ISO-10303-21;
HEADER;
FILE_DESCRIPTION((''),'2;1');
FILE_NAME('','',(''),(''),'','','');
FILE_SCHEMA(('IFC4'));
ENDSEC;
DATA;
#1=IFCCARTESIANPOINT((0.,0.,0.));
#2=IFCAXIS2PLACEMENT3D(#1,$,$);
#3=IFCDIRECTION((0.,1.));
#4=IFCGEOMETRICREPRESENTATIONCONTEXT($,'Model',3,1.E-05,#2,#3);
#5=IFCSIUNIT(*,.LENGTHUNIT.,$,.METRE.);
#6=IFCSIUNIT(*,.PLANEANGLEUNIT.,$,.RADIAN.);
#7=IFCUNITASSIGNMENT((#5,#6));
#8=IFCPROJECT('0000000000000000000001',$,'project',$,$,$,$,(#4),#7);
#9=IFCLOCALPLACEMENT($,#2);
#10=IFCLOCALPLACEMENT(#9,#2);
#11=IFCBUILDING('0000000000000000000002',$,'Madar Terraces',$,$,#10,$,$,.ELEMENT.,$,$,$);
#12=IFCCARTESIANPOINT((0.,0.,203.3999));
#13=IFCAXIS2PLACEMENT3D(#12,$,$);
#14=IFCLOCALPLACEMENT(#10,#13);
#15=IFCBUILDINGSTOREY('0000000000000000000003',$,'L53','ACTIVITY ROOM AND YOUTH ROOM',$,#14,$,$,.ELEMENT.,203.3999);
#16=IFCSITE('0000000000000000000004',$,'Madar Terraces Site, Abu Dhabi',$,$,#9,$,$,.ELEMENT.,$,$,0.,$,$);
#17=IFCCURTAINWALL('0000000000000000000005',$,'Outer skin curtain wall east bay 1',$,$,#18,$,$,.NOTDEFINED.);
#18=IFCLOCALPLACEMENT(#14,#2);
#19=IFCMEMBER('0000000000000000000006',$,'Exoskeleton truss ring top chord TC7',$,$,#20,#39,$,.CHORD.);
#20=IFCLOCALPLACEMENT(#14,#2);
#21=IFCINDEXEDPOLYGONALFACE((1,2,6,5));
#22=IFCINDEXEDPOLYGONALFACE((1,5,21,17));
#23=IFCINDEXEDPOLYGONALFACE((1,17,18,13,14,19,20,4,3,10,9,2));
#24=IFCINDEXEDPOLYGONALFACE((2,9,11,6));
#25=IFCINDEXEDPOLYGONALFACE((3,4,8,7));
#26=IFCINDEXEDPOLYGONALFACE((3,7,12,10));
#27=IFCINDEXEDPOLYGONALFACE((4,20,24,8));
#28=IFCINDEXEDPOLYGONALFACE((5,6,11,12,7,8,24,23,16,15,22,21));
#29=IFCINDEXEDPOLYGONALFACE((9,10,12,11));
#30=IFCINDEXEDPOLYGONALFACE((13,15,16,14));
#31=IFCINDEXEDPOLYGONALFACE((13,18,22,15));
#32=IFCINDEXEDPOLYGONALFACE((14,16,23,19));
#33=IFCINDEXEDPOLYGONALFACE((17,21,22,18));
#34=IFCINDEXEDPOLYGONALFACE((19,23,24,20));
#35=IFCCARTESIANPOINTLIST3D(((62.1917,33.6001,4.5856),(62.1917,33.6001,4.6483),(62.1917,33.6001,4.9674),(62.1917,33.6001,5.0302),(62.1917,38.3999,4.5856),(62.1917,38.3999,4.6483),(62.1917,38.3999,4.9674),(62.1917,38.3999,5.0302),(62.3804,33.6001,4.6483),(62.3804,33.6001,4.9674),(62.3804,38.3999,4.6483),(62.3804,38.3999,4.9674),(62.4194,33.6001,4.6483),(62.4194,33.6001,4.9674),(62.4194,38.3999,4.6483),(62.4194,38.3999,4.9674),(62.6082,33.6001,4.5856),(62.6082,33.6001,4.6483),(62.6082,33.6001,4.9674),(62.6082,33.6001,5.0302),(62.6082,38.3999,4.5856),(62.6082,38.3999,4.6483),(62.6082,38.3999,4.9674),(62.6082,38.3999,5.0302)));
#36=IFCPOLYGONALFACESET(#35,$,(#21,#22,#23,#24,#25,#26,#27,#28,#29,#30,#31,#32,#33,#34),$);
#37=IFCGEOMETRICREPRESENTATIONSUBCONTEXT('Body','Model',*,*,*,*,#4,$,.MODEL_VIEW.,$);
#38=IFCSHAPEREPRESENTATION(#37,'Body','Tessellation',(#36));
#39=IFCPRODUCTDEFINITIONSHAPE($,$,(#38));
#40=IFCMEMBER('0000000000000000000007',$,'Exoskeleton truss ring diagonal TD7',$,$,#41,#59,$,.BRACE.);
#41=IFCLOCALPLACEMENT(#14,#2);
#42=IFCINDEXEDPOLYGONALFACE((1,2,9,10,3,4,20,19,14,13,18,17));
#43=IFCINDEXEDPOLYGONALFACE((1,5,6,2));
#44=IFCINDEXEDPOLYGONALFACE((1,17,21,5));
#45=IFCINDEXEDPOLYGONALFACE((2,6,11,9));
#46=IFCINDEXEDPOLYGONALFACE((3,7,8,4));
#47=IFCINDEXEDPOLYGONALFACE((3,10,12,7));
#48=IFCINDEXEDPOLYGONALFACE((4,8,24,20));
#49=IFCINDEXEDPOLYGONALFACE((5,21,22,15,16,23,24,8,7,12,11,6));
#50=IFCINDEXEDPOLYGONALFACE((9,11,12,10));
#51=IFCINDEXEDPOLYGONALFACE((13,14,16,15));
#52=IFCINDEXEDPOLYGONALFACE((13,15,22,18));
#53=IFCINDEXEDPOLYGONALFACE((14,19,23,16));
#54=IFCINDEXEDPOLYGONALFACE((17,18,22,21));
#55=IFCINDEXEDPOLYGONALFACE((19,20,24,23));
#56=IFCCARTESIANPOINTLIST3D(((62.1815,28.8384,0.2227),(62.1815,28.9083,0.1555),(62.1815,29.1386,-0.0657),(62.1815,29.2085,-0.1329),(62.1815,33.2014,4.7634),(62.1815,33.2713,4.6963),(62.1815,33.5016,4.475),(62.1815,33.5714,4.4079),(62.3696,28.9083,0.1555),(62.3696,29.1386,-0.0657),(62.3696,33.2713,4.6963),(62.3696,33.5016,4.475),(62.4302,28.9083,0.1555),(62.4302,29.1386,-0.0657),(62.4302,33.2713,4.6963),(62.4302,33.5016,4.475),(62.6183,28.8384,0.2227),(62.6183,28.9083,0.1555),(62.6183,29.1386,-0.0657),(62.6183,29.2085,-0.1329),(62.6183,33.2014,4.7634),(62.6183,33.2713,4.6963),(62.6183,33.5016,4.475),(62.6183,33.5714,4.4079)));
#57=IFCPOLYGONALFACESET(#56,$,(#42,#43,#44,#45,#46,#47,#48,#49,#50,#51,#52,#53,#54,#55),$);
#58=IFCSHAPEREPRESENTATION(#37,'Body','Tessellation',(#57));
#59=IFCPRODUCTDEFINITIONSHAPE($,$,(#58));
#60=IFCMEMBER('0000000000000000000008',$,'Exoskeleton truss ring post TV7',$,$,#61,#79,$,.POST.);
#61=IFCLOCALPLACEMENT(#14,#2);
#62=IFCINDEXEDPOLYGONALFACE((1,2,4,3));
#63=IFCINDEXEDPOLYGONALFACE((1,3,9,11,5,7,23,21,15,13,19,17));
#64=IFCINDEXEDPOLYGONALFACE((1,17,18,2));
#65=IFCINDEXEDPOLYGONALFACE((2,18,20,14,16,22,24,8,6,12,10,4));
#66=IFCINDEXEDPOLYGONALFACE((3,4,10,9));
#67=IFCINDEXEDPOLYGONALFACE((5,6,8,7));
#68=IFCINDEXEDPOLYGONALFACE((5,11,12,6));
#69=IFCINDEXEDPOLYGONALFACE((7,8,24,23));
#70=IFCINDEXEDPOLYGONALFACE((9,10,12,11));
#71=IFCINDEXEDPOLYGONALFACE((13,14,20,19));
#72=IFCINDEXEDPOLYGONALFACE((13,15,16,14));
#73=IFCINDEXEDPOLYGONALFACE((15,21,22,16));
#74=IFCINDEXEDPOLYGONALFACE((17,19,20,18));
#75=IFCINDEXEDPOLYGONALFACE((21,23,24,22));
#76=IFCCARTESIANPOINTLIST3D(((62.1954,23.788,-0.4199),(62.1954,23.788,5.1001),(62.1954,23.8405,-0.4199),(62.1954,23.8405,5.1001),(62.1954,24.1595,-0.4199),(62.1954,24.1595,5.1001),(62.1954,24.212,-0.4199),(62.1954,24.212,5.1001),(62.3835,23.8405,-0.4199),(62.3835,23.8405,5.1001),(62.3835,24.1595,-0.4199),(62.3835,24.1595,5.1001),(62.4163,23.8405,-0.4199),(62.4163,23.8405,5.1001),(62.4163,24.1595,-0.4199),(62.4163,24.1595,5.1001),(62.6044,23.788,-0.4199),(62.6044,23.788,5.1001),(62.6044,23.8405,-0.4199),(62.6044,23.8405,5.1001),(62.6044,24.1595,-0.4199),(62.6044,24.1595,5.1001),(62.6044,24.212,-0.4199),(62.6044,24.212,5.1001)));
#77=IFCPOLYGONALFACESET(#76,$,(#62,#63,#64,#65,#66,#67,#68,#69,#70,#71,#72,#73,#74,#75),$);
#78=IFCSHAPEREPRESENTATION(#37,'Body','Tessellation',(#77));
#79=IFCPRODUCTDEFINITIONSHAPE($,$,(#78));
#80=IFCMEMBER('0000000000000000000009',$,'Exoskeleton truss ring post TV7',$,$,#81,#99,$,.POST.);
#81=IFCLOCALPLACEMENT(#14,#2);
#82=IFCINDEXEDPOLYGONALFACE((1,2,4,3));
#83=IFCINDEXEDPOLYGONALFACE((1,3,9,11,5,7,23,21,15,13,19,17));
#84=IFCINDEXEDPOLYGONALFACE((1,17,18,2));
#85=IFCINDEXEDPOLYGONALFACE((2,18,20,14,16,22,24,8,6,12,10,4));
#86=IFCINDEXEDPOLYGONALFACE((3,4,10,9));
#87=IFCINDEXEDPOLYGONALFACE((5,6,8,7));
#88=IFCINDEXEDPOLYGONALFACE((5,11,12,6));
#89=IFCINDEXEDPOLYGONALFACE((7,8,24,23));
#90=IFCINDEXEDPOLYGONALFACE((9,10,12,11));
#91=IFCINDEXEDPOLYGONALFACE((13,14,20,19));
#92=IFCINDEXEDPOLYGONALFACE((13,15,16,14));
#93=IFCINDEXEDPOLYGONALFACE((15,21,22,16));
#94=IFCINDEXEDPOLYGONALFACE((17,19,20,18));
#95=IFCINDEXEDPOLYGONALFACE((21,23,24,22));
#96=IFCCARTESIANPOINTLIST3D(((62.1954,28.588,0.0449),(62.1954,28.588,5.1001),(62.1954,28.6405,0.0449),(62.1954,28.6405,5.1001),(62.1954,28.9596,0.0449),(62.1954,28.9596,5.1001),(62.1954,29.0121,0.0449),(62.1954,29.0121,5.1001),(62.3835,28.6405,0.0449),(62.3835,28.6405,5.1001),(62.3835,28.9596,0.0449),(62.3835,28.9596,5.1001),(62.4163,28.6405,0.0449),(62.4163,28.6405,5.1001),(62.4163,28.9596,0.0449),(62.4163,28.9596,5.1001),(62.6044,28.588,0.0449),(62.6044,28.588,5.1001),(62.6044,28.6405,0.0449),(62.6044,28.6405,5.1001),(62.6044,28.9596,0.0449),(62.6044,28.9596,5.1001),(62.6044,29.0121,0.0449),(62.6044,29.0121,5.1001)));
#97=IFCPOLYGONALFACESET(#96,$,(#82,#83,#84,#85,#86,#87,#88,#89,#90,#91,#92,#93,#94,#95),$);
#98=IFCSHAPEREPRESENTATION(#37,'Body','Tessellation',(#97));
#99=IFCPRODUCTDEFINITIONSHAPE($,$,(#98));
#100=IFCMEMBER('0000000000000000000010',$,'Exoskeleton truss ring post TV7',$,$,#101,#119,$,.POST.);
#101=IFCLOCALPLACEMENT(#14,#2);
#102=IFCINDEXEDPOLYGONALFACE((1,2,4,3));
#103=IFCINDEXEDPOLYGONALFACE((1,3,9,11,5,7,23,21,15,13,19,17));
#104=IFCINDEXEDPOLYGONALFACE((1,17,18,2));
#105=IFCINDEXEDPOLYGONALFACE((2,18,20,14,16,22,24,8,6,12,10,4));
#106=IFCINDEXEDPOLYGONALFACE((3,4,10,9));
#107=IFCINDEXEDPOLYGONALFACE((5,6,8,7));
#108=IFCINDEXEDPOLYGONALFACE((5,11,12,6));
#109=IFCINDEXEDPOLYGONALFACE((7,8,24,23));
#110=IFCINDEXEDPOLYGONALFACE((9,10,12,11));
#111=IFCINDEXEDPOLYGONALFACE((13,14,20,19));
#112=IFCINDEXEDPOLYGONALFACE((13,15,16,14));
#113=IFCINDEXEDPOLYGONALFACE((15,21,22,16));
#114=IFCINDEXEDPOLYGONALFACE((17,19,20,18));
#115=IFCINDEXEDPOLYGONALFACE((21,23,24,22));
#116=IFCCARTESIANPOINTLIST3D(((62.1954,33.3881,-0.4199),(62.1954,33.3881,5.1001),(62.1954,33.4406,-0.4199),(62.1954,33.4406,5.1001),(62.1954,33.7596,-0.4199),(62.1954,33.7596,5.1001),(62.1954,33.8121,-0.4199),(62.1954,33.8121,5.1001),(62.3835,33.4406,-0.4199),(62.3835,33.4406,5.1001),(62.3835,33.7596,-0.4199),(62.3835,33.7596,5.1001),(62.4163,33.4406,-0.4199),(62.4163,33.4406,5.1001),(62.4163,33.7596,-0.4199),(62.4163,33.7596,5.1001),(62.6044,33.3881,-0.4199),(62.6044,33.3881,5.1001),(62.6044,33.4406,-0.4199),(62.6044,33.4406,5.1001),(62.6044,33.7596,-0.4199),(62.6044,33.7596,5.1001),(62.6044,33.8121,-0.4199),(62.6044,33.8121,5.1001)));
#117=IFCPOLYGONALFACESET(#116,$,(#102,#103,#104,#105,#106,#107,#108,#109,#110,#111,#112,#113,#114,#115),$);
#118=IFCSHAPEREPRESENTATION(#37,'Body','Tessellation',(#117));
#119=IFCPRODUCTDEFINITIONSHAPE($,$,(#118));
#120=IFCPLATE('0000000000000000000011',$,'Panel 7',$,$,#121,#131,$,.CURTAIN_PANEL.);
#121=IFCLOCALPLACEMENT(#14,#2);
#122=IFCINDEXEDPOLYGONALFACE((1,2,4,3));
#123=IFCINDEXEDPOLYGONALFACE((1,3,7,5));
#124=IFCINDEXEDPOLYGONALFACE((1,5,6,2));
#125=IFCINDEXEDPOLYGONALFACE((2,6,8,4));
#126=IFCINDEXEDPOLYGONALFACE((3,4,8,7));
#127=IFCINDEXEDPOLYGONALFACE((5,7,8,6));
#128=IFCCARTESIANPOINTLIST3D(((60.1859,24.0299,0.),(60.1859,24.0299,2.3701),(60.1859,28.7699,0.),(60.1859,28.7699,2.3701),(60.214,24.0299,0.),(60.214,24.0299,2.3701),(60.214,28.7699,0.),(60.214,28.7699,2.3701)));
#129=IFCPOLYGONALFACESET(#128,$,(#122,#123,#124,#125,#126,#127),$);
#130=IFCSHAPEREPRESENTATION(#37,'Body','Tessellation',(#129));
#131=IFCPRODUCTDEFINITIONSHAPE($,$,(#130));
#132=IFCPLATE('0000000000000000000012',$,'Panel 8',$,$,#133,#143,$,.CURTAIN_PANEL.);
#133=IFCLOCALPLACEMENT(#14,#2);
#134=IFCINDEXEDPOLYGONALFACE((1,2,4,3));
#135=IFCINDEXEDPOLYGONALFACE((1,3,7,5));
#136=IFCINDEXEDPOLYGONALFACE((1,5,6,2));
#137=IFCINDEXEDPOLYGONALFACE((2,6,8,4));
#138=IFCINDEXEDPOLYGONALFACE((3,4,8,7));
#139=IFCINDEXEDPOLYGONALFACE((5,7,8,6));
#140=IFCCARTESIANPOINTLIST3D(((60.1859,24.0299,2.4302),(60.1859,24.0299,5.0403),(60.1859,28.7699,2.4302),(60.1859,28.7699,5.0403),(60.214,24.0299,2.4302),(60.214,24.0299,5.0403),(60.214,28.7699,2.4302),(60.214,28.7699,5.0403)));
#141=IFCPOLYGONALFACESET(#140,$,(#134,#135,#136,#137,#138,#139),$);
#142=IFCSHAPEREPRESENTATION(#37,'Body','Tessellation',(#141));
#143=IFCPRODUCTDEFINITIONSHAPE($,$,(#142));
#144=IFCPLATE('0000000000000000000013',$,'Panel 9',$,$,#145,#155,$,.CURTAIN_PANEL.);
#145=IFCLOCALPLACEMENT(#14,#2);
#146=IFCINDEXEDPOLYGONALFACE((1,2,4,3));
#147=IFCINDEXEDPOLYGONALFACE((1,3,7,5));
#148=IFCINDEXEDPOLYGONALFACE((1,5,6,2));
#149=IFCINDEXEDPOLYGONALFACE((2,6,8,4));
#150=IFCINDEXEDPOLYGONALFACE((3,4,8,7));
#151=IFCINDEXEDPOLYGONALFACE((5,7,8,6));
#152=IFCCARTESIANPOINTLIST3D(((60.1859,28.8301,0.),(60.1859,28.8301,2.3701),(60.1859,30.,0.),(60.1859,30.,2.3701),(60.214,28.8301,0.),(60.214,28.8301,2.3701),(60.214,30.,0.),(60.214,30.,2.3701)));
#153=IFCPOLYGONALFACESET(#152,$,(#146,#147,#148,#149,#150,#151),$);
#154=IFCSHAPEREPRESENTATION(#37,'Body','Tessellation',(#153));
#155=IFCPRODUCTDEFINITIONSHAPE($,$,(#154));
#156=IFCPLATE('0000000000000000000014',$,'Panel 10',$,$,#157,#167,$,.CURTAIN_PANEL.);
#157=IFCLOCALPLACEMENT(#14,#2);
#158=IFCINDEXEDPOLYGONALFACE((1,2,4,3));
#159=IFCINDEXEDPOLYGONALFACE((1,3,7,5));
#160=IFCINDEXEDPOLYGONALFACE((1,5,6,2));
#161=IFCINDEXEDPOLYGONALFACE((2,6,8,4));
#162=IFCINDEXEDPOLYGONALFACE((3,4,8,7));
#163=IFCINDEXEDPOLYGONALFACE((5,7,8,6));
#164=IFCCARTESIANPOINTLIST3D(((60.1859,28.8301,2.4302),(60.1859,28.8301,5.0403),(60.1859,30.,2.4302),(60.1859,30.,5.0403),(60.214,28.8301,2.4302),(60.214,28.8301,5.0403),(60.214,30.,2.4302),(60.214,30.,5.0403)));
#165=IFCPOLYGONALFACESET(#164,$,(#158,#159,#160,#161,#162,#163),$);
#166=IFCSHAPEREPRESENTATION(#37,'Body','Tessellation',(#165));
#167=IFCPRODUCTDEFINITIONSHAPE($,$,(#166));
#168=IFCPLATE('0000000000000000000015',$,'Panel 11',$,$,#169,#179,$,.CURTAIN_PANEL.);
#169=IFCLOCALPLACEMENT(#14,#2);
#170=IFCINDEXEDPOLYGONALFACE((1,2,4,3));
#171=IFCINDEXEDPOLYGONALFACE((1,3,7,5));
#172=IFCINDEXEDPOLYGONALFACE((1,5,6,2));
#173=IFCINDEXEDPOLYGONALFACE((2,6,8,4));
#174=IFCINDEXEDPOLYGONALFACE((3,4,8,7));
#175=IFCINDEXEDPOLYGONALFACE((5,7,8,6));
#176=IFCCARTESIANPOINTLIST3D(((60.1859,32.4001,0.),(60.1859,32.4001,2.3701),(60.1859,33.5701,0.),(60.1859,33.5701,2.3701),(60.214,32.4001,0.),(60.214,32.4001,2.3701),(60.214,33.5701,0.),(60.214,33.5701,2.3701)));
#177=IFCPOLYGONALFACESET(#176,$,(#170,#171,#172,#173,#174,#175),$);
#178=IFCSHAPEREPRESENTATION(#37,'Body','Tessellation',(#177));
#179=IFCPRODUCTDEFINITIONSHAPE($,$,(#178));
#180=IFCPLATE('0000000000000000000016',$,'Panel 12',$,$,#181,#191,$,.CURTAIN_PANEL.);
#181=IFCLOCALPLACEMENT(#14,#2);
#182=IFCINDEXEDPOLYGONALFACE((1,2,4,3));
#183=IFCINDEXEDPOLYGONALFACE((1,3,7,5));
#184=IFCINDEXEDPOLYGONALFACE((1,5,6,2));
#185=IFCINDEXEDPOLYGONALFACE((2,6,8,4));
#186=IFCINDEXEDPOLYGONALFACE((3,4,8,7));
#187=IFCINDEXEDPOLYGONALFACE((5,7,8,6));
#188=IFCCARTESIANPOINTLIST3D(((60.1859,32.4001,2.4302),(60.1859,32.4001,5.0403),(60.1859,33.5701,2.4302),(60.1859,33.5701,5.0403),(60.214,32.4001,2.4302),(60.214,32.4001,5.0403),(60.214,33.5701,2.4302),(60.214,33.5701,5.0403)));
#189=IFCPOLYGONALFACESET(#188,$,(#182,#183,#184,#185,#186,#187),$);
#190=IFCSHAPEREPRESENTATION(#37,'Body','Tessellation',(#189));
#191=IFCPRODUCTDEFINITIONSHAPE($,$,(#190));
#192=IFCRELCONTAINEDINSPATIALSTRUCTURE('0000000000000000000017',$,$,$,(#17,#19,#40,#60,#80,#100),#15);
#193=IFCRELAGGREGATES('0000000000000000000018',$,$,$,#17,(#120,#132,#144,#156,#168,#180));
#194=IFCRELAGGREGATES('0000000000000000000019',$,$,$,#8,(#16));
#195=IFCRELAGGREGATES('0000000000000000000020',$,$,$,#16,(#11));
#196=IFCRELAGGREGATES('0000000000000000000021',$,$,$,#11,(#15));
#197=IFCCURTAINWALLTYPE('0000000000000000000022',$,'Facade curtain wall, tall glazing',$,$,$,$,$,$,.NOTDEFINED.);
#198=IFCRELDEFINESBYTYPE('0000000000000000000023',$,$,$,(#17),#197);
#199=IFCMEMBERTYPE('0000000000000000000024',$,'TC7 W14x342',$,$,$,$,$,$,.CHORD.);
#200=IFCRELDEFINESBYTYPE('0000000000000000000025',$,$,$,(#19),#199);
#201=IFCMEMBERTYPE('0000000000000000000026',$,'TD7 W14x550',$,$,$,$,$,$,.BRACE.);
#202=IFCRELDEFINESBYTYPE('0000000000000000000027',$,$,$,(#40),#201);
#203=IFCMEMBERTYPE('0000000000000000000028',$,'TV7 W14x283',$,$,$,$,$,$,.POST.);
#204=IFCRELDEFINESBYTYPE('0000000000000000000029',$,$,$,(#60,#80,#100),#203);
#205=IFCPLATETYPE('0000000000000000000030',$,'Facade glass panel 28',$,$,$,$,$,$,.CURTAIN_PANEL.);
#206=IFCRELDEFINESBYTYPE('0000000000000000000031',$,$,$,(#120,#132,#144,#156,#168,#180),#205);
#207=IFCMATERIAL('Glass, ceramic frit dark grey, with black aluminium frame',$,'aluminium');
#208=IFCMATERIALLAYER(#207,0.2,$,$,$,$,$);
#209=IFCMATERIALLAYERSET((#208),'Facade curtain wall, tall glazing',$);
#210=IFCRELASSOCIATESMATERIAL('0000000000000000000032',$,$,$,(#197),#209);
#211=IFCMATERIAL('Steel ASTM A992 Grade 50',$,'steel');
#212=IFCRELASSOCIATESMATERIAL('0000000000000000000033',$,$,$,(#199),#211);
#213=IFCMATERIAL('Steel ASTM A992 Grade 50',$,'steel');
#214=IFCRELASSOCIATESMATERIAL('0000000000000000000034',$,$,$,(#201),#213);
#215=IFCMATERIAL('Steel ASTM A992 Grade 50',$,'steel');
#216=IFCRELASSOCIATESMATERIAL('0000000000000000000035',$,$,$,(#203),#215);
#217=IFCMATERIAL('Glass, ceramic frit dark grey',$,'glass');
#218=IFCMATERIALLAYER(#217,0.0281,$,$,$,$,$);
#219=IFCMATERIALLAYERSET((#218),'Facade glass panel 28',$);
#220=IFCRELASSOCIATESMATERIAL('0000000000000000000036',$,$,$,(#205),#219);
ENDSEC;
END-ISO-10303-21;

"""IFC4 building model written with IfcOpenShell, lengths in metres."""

from ifc_helpers import new_model, si_unit, direction, frame, origin, origin_2d, place, context, subcontext, project, spatial, rectangle, i_section, extrude, material, layer, layer_set, material_profile, profile_set, type_object, element, aggregate, save


model = new_model("IFC4")

# Units and contexts
model_context = context("Model", 3, precision=1e-05, world=origin(), true_north=direction((0.0, 1.0)))
body_context = subcontext(model_context, "Body", "Model", "MODEL_VIEW")
ifc_project = project(units=[si_unit("LENGTHUNIT", "METRE"), si_unit("PLANEANGLEUNIT", "RADIAN")], contexts=[model_context])

# Site, building, storey
site_placement = place(None, origin())
site = spatial("IfcSite", under=ifc_project, at=site_placement, Name="Madar Terraces Site, Abu Dhabi", CompositionType="ELEMENT", RefElevation=0.0)
building_placement = place(site_placement, origin())
building = spatial("IfcBuilding", under=site, at=building_placement, Name="Madar Terraces", CompositionType="ELEMENT")
storey_placement = place(building_placement, frame((0.0, 0.0, 203.3999)))
storey = spatial("IfcBuildingStorey", under=building, at=storey_placement, Name="L53", Description="ACTIVITY ROOM AND YOUTH ROOM", CompositionType="ELEMENT", Elevation=203.3999)

# Curtain wall
ifc_material_1 = material(Name="Glass, ceramic frit dark grey, with black aluminium frame", Category="aluminium")
ifc_layer_1 = layer(ifc_material_1, 0.2)
ifc_layer_set_1 = layer_set([ifc_layer_1], Name="Facade curtain wall, tall glazing")
curtain_wall_type = type_object("IfcCurtainWallType", Name="Facade curtain wall, tall glazing", PredefinedType="NOTDEFINED", material=ifc_layer_set_1)
curtain_wall_placement = place(storey_placement, origin())
curtain_wall = element("IfcCurtainWall", 1, at=curtain_wall_placement, inside=storey, type_object=curtain_wall_type, Name="Outer skin curtain wall east bay 1", PredefinedType="NOTDEFINED")

# Members
ifc_material_2 = material(Name="Steel ASTM A992 Grade 50", Category="steel")
ifc_material_profile_1 = material_profile(ifc_material_2, i_section(OverallWidth=0.4165, OverallDepth=0.4446, WebThickness=0.0391, FlangeThickness=0.0627, at=origin_2d()), Name="W14x342")
ifc_profile_set_1 = profile_set([ifc_material_profile_1], Name="Steel ASTM A992 Grade 50")
member_type_1 = type_object("IfcMemberType", Name="TC7 W14x342", PredefinedType="CHORD", material=ifc_profile_set_1)
member_1_placement = place(storey_placement, frame((62.3999, 33.6001, 4.8079), z_axis=(0.0, 1.0, 0.0), x_axis=(-1.0, 0.0, 0.0)))
element("IfcMember", 2, at=member_1_placement, inside=storey, type_object=member_type_1, Name="Exoskeleton truss ring top chord TC7", PredefinedType="CHORD", context=body_context, shape_type="SweptSolid", body=[
    extrude(i_section(OverallWidth=0.4165, OverallDepth=0.4446, WebThickness=0.0391, FlangeThickness=0.0627, at=origin_2d()), origin(), (0.0, 0.0, 1.0), 4.7998),
])
ifc_material_3 = material(Name="Steel ASTM A992 Grade 50", Category="steel")
ifc_material_profile_2 = material_profile(ifc_material_3, i_section(OverallWidth=0.4368, OverallDepth=0.5132, WebThickness=0.0605, FlangeThickness=0.0969, at=origin_2d()), Name="W14x550")
ifc_profile_set_2 = profile_set([ifc_material_profile_2], Name="Steel ASTM A992 Grade 50")
member_type_2 = type_object("IfcMemberType", Name="TD7 W14x550", PredefinedType="BRACE", material=ifc_profile_set_2)
member_2_placement = place(storey_placement, frame((62.3999, 29.0234, 0.0449), z_axis=(0.0, 0.692854, 0.721078), x_axis=(-1.0, 0.0, 0.0)))
element("IfcMember", 3, at=member_2_placement, inside=storey, type_object=member_type_2, Name="Exoskeleton truss ring diagonal TD7", PredefinedType="BRACE", context=body_context, shape_type="SweptSolid", body=[
    extrude(i_section(OverallWidth=0.4368, OverallDepth=0.5132, WebThickness=0.0605, FlangeThickness=0.0969, at=origin_2d()), origin(), (0.0, 0.0, 1.0), 6.2971),
])
ifc_material_4 = material(Name="Steel ASTM A992 Grade 50", Category="steel")
ifc_material_profile_3 = material_profile(ifc_material_4, i_section(OverallWidth=0.4089, OverallDepth=0.4241, WebThickness=0.0327, FlangeThickness=0.0525, at=origin_2d()), Name="W14x283")
ifc_profile_set_3 = profile_set([ifc_material_profile_3], Name="Steel ASTM A992 Grade 50")
member_type_3 = type_object("IfcMemberType", Name="TV7 W14x283", PredefinedType="POST", material=ifc_profile_set_3)
member_3_placement = place(storey_placement, frame((62.3999, 24.0, -0.4199), z_axis=(0.0, 0.0, 1.0), x_axis=(-1.0, 0.0, 0.0)))
element("IfcMember", 4, at=member_3_placement, inside=storey, type_object=member_type_3, Name="Exoskeleton truss ring post TV7", PredefinedType="POST", context=body_context, shape_type="SweptSolid", body=[
    extrude(i_section(OverallWidth=0.4089, OverallDepth=0.4241, WebThickness=0.0327, FlangeThickness=0.0525, at=origin_2d()), origin(), (0.0, 0.0, 1.0), 5.52),
])
member_4_placement = place(storey_placement, frame((62.3999, 28.8, 0.0449), z_axis=(0.0, 0.0, 1.0), x_axis=(-1.0, 0.0, 0.0)))
element("IfcMember", 5, at=member_4_placement, inside=storey, type_object=member_type_3, Name="Exoskeleton truss ring post TV7", PredefinedType="POST", context=body_context, shape_type="SweptSolid", body=[
    extrude(i_section(OverallWidth=0.4089, OverallDepth=0.4241, WebThickness=0.0327, FlangeThickness=0.0525, at=origin_2d()), origin(), (0.0, 0.0, 1.0), 5.0552),
])
member_5_placement = place(storey_placement, frame((62.3999, 33.6001, -0.4199), z_axis=(0.0, 0.0, 1.0), x_axis=(-1.0, 0.0, 0.0)))
element("IfcMember", 6, at=member_5_placement, inside=storey, type_object=member_type_3, Name="Exoskeleton truss ring post TV7", PredefinedType="POST", context=body_context, shape_type="SweptSolid", body=[
    extrude(i_section(OverallWidth=0.4089, OverallDepth=0.4241, WebThickness=0.0327, FlangeThickness=0.0525, at=origin_2d()), origin(), (0.0, 0.0, 1.0), 5.52),
])

# Plates
ifc_material_5 = material(Name="Glass, ceramic frit dark grey", Category="glass")
ifc_layer_2 = layer(ifc_material_5, 0.0281)
ifc_layer_set_2 = layer_set([ifc_layer_2], Name="Facade glass panel 28")
plate_type = type_object("IfcPlateType", Name="Facade glass panel 28", PredefinedType="CURTAIN_PANEL", material=ifc_layer_set_2)
plate_1_placement = place(storey_placement, frame((60.2, 26.3999, 0.0), z_axis=(0.0, 0.0, 1.0), x_axis=(0.0, 1.0, 0.0)))
plate_1 = element("IfcPlate", 7, at=plate_1_placement, type_object=plate_type, Name="Panel 7", PredefinedType="CURTAIN_PANEL", context=body_context, shape_type="SweptSolid", body=[
    extrude(rectangle(XDim=4.74, YDim=0.0281, at=origin_2d()), origin(), (0.0, 0.0, 1.0), 2.3701),
])
plate_2_placement = place(storey_placement, frame((60.2, 26.3999, 2.4302), z_axis=(0.0, 0.0, 1.0), x_axis=(0.0, 1.0, 0.0)))
plate_2 = element("IfcPlate", 8, at=plate_2_placement, type_object=plate_type, Name="Panel 8", PredefinedType="CURTAIN_PANEL", context=body_context, shape_type="SweptSolid", body=[
    extrude(rectangle(XDim=4.74, YDim=0.0281, at=origin_2d()), origin(), (0.0, 0.0, 1.0), 2.6101),
])
plate_3_placement = place(storey_placement, frame((60.2, 29.415, 0.0), z_axis=(0.0, 0.0, 1.0), x_axis=(0.0, 1.0, 0.0)))
plate_3 = element("IfcPlate", 9, at=plate_3_placement, type_object=plate_type, Name="Panel 9", PredefinedType="CURTAIN_PANEL", context=body_context, shape_type="SweptSolid", body=[
    extrude(rectangle(XDim=1.1699, YDim=0.0281, at=origin_2d()), origin(), (0.0, 0.0, 1.0), 2.3701),
])
plate_4_placement = place(storey_placement, frame((60.2, 29.415, 2.4302), z_axis=(0.0, 0.0, 1.0), x_axis=(0.0, 1.0, 0.0)))
plate_4 = element("IfcPlate", 10, at=plate_4_placement, type_object=plate_type, Name="Panel 10", PredefinedType="CURTAIN_PANEL", context=body_context, shape_type="SweptSolid", body=[
    extrude(rectangle(XDim=1.1699, YDim=0.0281, at=origin_2d()), origin(), (0.0, 0.0, 1.0), 2.6101),
])
plate_5_placement = place(storey_placement, frame((60.2, 32.9851, 0.0), z_axis=(0.0, 0.0, 1.0), x_axis=(0.0, 1.0, 0.0)))
plate_5 = element("IfcPlate", 11, at=plate_5_placement, type_object=plate_type, Name="Panel 11", PredefinedType="CURTAIN_PANEL", context=body_context, shape_type="SweptSolid", body=[
    extrude(rectangle(XDim=1.1699, YDim=0.0281, at=origin_2d()), origin(), (0.0, 0.0, 1.0), 2.3701),
])
plate_6_placement = place(storey_placement, frame((60.2, 32.9851, 2.4302), z_axis=(0.0, 0.0, 1.0), x_axis=(0.0, 1.0, 0.0)))
plate_6 = element("IfcPlate", 12, at=plate_6_placement, type_object=plate_type, Name="Panel 12", PredefinedType="CURTAIN_PANEL", context=body_context, shape_type="SweptSolid", body=[
    extrude(rectangle(XDim=1.1699, YDim=0.0281, at=origin_2d()), origin(), (0.0, 0.0, 1.0), 2.6101),
])
aggregate(curtain_wall, [plate_1, plate_2, plate_3, plate_4, plate_5, plate_6])

save(model, "model.ifc")
